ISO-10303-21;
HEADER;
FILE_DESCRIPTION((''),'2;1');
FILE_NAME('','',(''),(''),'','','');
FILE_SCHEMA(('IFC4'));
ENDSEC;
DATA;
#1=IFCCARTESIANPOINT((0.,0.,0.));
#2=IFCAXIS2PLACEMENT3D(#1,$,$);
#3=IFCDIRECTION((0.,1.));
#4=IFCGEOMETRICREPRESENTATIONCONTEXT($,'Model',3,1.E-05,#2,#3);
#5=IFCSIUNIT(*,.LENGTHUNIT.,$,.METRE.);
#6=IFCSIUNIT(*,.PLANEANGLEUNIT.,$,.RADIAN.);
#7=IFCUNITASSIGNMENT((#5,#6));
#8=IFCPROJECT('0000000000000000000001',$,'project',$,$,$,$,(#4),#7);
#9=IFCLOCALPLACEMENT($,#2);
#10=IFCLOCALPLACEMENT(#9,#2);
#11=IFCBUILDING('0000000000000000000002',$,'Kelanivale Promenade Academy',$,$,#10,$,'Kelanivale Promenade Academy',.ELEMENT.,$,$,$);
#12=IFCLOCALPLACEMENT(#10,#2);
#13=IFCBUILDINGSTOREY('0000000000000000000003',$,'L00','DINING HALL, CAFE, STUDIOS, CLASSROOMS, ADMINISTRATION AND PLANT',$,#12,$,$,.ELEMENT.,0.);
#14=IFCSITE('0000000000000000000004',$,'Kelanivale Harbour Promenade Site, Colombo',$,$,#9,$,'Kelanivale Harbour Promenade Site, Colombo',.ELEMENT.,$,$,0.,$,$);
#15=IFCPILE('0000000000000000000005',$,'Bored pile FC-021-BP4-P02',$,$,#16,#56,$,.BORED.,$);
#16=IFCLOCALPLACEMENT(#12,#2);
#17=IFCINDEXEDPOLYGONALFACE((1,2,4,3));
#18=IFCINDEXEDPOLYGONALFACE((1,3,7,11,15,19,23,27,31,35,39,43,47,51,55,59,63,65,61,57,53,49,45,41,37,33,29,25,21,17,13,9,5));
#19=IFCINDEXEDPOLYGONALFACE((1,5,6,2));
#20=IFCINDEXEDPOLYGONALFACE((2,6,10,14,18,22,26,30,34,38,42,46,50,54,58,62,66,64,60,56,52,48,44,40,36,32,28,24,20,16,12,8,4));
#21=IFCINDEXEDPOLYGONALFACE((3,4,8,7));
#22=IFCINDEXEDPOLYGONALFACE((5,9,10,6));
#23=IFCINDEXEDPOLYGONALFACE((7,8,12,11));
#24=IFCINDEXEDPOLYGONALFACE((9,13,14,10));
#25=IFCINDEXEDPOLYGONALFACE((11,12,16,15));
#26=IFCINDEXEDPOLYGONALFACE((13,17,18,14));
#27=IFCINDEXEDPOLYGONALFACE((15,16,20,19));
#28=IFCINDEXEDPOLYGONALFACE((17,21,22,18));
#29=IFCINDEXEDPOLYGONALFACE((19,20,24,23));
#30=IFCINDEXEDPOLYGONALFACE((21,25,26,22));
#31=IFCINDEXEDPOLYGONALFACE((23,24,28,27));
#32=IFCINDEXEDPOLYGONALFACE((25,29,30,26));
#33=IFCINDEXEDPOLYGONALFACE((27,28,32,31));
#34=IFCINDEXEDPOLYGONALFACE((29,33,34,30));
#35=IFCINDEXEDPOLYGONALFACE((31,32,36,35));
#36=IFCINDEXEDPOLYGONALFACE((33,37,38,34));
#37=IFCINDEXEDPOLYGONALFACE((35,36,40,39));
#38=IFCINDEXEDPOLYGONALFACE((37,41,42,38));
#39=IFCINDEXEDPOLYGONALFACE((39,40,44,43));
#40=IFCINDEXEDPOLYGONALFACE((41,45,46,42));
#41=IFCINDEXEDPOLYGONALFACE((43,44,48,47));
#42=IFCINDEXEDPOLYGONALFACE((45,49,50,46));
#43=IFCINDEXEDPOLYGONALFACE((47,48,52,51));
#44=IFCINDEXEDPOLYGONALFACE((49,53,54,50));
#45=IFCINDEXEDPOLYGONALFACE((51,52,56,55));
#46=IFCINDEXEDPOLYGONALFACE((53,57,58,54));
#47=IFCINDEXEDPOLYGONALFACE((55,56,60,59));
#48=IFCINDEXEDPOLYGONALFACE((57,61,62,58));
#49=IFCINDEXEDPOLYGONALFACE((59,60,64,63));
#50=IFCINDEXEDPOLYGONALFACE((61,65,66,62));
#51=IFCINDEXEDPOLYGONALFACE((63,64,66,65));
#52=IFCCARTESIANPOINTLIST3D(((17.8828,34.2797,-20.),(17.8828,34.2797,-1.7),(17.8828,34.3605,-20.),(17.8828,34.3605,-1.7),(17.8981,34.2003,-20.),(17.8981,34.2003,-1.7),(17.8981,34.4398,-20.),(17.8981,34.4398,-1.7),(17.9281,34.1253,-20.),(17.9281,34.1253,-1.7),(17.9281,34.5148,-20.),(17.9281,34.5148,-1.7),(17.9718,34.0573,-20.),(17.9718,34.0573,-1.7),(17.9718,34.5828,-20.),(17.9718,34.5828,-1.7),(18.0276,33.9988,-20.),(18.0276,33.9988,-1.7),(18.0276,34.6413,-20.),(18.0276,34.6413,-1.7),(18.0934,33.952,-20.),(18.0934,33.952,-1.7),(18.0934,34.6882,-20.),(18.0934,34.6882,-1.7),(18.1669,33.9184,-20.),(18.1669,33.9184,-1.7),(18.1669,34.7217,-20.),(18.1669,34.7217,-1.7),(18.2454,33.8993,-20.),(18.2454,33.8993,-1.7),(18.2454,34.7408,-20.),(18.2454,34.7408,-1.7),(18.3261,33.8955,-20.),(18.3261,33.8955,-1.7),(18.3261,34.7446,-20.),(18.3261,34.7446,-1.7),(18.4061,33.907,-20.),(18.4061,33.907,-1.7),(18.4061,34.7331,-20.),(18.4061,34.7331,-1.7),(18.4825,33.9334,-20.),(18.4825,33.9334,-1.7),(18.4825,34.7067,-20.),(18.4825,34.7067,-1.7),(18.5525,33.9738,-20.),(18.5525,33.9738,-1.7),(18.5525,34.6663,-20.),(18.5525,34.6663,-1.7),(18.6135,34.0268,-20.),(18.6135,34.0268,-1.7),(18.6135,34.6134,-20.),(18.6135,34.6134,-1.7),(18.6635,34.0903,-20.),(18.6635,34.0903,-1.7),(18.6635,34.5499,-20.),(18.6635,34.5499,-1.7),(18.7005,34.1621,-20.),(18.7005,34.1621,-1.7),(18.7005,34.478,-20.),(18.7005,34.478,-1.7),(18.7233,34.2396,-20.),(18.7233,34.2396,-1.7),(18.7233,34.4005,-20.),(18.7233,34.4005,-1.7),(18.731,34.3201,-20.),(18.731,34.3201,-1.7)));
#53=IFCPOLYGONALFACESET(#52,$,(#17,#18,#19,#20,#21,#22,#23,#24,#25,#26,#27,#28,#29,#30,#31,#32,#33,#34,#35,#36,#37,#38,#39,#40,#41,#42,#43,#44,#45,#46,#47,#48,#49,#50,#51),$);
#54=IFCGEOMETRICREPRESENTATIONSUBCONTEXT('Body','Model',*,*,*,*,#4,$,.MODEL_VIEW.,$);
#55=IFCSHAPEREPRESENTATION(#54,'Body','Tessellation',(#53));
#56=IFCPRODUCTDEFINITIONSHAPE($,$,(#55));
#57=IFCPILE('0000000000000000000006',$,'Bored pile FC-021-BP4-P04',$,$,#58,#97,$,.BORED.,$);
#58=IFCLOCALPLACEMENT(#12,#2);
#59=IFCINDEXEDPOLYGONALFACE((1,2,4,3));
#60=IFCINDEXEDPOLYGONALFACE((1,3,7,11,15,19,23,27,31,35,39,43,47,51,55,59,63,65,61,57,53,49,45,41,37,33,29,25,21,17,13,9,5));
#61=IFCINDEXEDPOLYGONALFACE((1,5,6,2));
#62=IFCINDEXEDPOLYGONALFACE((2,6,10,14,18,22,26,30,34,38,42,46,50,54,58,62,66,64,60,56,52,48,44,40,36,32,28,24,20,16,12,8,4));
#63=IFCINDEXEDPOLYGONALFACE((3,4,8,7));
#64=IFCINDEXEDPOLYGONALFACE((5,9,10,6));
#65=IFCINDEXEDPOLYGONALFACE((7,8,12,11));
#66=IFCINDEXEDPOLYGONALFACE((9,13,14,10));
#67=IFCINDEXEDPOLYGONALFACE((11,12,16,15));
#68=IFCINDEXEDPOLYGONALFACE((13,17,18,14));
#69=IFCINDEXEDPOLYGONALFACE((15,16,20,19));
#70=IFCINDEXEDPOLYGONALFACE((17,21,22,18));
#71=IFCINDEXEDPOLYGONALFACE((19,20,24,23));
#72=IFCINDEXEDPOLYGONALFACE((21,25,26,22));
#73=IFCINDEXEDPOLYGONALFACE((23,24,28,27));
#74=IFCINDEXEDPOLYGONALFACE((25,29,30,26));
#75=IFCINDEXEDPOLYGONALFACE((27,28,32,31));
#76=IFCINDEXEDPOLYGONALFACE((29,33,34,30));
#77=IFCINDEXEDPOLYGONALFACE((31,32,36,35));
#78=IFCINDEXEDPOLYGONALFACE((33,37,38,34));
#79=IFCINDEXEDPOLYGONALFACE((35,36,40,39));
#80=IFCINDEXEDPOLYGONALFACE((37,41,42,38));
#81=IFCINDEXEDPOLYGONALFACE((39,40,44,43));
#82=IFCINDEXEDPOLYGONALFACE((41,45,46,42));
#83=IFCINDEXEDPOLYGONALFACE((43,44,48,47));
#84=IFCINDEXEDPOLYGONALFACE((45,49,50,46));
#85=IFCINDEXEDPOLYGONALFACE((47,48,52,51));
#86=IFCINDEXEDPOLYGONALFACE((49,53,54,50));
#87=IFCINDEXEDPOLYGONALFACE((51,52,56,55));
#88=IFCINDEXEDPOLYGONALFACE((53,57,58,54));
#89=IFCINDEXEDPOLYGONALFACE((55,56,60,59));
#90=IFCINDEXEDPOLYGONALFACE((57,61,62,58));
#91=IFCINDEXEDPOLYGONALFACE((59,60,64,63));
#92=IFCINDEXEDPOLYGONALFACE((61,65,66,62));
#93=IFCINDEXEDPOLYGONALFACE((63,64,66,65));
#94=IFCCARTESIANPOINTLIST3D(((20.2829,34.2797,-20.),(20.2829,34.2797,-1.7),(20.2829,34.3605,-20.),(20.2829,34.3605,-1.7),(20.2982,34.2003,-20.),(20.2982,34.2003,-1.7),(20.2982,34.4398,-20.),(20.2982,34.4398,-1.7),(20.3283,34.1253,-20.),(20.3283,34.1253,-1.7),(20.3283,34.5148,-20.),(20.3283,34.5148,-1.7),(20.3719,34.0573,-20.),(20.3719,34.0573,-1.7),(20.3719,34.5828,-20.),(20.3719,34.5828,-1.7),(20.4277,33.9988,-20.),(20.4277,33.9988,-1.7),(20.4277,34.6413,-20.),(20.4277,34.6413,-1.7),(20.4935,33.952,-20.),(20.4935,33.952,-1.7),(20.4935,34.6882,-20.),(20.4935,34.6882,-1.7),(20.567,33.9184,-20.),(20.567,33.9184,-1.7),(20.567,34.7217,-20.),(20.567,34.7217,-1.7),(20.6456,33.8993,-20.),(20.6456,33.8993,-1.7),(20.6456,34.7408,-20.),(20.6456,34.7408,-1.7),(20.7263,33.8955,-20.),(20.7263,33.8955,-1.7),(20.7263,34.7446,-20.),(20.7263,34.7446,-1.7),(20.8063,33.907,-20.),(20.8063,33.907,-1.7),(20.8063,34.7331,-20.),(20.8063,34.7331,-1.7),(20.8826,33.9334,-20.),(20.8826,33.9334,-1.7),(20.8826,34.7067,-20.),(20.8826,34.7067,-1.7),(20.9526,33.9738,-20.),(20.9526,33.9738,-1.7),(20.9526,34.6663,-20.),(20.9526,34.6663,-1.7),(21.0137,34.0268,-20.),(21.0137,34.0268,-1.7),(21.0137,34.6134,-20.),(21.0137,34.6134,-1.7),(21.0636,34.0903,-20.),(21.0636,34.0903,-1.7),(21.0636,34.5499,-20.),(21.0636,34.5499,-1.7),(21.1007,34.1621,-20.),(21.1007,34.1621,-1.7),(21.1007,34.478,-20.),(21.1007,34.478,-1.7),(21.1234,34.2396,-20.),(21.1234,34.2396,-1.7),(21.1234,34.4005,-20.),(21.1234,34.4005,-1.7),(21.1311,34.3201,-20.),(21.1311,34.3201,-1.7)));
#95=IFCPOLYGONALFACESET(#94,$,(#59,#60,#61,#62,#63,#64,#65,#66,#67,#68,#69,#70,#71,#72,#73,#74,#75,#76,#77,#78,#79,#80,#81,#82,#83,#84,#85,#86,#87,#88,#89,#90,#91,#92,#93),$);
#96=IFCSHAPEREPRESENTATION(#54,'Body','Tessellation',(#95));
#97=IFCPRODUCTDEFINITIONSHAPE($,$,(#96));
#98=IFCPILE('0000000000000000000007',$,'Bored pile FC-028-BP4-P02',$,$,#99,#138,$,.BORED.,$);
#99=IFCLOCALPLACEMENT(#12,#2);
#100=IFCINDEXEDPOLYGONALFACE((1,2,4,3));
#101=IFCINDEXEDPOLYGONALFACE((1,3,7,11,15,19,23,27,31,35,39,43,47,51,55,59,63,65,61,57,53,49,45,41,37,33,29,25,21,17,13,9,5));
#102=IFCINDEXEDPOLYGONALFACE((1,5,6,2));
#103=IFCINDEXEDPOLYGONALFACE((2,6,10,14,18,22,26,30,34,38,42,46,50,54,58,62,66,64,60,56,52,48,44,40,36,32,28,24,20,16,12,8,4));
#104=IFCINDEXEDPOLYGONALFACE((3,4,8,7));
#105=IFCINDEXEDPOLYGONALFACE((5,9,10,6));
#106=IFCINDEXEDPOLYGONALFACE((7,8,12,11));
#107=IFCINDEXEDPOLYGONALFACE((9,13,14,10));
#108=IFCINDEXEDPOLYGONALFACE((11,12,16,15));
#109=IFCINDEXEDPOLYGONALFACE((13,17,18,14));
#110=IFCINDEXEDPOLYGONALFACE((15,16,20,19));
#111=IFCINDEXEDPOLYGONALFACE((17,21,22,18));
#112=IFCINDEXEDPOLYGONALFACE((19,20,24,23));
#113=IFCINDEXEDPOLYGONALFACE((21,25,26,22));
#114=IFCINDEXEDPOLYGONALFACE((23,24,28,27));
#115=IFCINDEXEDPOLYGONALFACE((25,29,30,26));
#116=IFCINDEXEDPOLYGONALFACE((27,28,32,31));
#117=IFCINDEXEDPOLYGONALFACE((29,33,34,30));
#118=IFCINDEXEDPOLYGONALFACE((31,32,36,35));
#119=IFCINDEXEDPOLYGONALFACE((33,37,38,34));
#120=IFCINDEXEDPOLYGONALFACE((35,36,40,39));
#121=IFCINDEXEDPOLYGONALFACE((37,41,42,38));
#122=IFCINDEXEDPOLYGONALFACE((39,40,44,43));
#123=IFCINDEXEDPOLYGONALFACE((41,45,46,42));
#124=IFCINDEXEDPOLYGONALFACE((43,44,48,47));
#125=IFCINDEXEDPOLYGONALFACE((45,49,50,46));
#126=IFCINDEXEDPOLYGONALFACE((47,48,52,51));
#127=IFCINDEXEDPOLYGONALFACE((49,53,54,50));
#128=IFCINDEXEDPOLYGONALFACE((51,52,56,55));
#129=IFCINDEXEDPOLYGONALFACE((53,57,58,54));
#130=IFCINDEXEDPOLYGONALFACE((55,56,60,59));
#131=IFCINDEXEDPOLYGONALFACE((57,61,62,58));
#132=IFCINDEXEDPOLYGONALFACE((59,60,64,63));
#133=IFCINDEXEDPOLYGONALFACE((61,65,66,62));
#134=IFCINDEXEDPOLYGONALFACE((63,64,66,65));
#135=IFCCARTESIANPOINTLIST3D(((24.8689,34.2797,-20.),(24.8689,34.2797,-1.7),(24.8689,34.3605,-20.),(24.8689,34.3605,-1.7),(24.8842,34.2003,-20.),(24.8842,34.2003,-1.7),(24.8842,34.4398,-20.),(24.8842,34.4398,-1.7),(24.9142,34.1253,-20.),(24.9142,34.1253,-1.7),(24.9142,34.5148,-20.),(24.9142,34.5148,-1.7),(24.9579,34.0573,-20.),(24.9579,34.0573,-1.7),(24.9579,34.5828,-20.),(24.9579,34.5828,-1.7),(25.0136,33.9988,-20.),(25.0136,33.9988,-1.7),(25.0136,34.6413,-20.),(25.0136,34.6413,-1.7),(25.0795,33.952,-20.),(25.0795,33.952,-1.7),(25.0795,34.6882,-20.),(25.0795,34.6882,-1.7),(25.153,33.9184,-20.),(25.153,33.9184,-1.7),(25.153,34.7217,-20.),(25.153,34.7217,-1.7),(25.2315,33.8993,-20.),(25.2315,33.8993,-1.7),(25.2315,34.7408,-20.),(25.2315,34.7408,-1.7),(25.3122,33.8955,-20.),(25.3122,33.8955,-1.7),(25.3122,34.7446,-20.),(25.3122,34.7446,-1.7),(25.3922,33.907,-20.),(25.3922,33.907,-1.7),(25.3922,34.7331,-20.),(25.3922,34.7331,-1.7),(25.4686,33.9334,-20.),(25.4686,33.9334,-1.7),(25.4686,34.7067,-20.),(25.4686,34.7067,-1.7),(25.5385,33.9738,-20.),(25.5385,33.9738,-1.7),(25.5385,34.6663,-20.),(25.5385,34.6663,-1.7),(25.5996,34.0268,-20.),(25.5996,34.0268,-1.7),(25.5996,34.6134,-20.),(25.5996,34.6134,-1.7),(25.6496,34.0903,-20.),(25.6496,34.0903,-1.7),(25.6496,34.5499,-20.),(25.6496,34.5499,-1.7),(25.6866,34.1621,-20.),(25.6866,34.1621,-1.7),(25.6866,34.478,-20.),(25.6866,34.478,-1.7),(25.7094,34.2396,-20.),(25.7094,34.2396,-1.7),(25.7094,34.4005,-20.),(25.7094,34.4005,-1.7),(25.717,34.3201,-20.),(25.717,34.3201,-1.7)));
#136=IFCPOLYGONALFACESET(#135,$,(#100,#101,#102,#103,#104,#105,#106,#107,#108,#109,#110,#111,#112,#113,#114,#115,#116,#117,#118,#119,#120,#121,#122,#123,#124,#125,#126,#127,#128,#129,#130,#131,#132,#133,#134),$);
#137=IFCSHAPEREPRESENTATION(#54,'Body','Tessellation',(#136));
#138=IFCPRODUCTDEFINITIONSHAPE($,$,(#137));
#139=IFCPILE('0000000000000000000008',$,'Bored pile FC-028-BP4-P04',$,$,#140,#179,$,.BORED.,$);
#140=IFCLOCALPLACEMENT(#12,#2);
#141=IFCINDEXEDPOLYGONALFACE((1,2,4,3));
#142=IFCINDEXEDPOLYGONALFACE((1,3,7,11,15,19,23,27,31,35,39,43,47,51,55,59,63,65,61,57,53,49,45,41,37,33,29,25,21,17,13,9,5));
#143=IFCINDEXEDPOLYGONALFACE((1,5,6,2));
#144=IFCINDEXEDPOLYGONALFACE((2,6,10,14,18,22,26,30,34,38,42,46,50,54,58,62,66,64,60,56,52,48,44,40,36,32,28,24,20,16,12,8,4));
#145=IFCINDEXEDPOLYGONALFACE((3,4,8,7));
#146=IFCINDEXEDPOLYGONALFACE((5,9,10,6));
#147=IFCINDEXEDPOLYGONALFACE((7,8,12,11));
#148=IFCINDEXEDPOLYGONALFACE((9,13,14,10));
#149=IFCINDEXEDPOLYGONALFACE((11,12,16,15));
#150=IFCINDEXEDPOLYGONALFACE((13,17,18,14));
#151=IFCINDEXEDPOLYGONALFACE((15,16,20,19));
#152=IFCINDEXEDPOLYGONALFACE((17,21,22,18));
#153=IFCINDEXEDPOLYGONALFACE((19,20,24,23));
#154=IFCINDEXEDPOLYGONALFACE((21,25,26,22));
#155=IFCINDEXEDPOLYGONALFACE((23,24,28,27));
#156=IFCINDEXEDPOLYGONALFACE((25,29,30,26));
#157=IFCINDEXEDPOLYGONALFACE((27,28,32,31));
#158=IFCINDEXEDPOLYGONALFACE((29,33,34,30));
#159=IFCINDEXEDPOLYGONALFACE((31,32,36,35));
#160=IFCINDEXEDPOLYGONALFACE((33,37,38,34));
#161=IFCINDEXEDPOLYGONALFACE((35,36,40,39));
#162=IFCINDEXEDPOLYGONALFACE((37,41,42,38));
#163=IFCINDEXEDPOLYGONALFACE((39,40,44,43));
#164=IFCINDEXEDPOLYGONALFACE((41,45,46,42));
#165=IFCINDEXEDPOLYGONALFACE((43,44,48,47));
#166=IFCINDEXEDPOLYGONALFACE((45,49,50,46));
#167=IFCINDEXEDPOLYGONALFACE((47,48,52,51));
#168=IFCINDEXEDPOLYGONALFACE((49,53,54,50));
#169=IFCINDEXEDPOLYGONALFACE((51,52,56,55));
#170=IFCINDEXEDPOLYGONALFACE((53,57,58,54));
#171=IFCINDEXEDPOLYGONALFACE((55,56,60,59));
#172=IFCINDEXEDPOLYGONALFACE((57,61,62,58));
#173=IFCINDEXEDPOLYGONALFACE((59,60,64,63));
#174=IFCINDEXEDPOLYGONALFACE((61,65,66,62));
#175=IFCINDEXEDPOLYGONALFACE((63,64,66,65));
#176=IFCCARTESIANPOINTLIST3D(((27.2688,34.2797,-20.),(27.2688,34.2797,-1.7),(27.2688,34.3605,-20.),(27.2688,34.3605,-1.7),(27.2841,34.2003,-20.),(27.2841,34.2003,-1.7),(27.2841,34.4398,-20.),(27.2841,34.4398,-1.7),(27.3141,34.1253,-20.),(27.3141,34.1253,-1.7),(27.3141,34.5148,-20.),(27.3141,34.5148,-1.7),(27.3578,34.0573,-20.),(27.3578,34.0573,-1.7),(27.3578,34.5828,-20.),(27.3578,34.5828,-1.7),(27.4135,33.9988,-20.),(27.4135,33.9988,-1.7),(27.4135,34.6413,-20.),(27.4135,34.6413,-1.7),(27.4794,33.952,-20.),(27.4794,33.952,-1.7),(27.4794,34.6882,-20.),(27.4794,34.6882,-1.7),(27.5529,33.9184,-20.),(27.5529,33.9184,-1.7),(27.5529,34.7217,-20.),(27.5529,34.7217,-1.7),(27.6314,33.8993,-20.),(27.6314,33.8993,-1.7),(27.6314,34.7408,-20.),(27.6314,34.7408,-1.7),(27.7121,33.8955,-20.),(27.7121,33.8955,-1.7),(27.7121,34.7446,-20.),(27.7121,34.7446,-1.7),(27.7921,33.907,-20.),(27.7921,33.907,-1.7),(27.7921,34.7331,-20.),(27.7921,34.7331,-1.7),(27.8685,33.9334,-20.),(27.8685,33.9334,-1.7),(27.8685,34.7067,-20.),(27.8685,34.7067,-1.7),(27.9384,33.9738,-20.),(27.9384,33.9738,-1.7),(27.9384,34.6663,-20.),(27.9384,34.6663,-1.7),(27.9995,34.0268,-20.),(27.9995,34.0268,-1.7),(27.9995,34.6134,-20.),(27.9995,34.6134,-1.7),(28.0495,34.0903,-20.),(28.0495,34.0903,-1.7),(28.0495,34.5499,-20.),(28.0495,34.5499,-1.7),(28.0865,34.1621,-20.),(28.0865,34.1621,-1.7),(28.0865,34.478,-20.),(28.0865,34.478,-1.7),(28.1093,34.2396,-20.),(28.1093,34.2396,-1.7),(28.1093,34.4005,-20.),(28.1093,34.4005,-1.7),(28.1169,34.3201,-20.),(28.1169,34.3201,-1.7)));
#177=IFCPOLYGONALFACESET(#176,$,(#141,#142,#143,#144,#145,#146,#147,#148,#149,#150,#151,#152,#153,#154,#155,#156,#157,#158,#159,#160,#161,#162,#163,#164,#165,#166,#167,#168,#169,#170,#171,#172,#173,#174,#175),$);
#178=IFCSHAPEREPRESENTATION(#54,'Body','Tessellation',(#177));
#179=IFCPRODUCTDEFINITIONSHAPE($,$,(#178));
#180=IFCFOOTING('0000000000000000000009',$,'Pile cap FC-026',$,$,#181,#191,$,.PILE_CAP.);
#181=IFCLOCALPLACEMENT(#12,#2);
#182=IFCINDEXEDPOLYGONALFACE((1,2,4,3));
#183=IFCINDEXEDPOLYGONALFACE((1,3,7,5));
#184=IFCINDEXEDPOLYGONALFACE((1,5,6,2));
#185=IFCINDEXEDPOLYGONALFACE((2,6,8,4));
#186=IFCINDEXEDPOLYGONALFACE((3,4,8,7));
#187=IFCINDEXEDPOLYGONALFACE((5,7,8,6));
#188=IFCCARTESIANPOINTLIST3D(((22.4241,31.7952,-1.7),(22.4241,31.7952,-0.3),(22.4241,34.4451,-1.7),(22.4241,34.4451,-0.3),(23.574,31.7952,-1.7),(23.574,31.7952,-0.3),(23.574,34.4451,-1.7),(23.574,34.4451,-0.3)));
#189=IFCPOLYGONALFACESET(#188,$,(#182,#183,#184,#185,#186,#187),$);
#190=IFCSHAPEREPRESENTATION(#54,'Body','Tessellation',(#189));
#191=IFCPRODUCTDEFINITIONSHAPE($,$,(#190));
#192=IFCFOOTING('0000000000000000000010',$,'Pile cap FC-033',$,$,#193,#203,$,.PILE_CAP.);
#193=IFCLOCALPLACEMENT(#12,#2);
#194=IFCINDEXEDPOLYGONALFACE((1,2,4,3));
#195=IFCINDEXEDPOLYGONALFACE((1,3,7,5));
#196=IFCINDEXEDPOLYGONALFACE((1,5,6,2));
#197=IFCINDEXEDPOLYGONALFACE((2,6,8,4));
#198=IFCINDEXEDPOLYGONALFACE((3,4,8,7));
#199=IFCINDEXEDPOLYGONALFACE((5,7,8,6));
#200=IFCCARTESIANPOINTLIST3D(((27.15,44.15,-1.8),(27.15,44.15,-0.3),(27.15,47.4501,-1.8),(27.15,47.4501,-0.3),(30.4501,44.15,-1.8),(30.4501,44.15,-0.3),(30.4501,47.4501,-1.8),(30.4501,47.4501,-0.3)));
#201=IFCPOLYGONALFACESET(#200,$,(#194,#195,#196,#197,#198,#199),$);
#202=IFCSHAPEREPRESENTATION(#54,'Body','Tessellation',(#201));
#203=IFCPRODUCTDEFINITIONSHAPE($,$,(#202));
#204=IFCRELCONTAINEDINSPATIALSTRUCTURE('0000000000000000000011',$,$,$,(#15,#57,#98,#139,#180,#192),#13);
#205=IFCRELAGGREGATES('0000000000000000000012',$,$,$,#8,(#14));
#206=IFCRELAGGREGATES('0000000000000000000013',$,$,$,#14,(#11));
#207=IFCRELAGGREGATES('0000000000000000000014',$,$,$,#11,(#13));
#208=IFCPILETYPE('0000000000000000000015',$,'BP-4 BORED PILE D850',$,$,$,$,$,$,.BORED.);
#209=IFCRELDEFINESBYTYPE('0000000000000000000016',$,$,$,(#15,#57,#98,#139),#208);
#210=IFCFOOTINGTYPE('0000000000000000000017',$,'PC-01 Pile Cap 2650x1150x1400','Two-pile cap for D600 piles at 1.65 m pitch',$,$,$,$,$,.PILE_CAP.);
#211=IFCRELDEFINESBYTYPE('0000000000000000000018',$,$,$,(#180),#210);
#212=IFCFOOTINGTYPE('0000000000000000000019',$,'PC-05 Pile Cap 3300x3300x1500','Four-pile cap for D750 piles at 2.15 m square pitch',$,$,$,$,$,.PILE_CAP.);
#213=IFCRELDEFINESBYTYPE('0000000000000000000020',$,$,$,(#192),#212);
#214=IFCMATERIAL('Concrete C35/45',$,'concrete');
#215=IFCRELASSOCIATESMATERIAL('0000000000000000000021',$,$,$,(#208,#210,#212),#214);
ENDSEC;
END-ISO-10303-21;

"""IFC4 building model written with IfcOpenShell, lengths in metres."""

from ifc_helpers import new_model, si_unit, direction, frame, origin, origin_2d, place, context, subcontext, project, spatial, rectangle, circle, extrude, material, material_profile, profile_set, type_object, element, save


model = new_model("IFC4")

# Units and contexts
model_context = context("Model", 3, precision=1e-05, world=origin(), true_north=direction((0.0, 1.0)))
body_context = subcontext(model_context, "Body", "Model", "MODEL_VIEW")
ifc_project = project(units=[si_unit("LENGTHUNIT", "METRE"), si_unit("PLANEANGLEUNIT", "RADIAN")], contexts=[model_context])

# Site, building, storey
site_placement = place(None, origin())
site = spatial("IfcSite", under=ifc_project, at=site_placement, Name="Kelanivale Harbour Promenade Site, Colombo", LongName="Kelanivale Harbour Promenade Site, Colombo", CompositionType="ELEMENT", RefElevation=0.0)
building_placement = place(site_placement, origin())
building = spatial("IfcBuilding", under=site, at=building_placement, Name="Kelanivale Promenade Academy", LongName="Kelanivale Promenade Academy", CompositionType="ELEMENT")
storey_placement = place(building_placement, origin())
storey = spatial("IfcBuildingStorey", under=building, at=storey_placement, Name="L00", Description="DINING HALL, CAFE, STUDIOS, CLASSROOMS, ADMINISTRATION AND PLANT", CompositionType="ELEMENT", Elevation=0.0)

# Piles
ifc_material_1 = material(Name="Concrete C35/45", Category="concrete")
ifc_material_profile_1 = material_profile(ifc_material_1, circle(Radius=0.425, at=origin_2d()), Name="BORED PILE D850")
ifc_profile_set_1 = profile_set([ifc_material_profile_1], Name="Concrete C35/45")
pile_type_1 = type_object("IfcPileType", Name="BP-4 BORED PILE D850", PredefinedType="BORED", material=ifc_profile_set_1)
for number, where, z_axis, x_axis, name in (
    (1, (18.3059, 34.3201, -1.7), (0.0, 0.0, -1.0), (1.0, 0.0, 0.0), "Bored pile FC-021-BP4-P02"),
    (2, (20.7061, 34.3201, -1.7), (0.0, 0.0, -1.0), (1.0, 0.0, 0.0), "Bored pile FC-021-BP4-P04"),
    (3, (25.292, 34.3201, -1.7), (0.0, 0.0, -1.0), (1.0, 0.0, 0.0), "Bored pile FC-028-BP4-P02"),
    (4, (27.6919, 34.3201, -1.7), (0.0, 0.0, -1.0), (1.0, 0.0, 0.0), "Bored pile FC-028-BP4-P04"),
):
    element("IfcPile", number, at=place(storey_placement, frame(where, z_axis=z_axis, x_axis=x_axis)), inside=storey, type_object=pile_type_1, Name=name, PredefinedType="BORED", context=body_context, shape_type="SweptSolid", body=[
        extrude(circle(Radius=0.425, at=origin_2d()), origin(), (0.0, 0.0, 1.0), 18.3),
    ])

# Footings
footing_type_1 = type_object("IfcFootingType", Name="PC-01 Pile Cap 2650x1150x1400", Description="Two-pile cap for D600 piles at 1.65 m pitch", PredefinedType="PILE_CAP", material=ifc_material_1)
footing_1_placement = place(storey_placement, frame((22.999, 33.1201, -1.7), z_axis=(0.0, 0.0, 1.0), x_axis=(0.0, 1.0, 0.0)))
element("IfcFooting", 5, at=footing_1_placement, inside=storey, type_object=footing_type_1, Name="Pile cap FC-026", PredefinedType="PILE_CAP", context=body_context, shape_type="SweptSolid", body=[
    extrude(rectangle(XDim=2.6499, YDim=1.1499, at=origin_2d()), origin(), (0.0, 0.0, 1.0), 1.3999),
])
footing_type_2 = type_object("IfcFootingType", Name="PC-05 Pile Cap 3300x3300x1500", Description="Four-pile cap for D750 piles at 2.15 m square pitch", PredefinedType="PILE_CAP", material=ifc_material_1)
footing_2_placement = place(storey_placement, frame((28.8, 45.8, -1.8), z_axis=(0.0, 0.0, 1.0), x_axis=(1.0, 0.0, 0.0)))
element("IfcFooting", 6, at=footing_2_placement, inside=storey, type_object=footing_type_2, Name="Pile cap FC-033", PredefinedType="PILE_CAP", context=body_context, shape_type="SweptSolid", body=[
    extrude(rectangle(XDim=3.3, YDim=3.3, at=origin_2d()), origin(), (0.0, 0.0, 1.0), 1.5),
])

save(model, "model.ifc")
